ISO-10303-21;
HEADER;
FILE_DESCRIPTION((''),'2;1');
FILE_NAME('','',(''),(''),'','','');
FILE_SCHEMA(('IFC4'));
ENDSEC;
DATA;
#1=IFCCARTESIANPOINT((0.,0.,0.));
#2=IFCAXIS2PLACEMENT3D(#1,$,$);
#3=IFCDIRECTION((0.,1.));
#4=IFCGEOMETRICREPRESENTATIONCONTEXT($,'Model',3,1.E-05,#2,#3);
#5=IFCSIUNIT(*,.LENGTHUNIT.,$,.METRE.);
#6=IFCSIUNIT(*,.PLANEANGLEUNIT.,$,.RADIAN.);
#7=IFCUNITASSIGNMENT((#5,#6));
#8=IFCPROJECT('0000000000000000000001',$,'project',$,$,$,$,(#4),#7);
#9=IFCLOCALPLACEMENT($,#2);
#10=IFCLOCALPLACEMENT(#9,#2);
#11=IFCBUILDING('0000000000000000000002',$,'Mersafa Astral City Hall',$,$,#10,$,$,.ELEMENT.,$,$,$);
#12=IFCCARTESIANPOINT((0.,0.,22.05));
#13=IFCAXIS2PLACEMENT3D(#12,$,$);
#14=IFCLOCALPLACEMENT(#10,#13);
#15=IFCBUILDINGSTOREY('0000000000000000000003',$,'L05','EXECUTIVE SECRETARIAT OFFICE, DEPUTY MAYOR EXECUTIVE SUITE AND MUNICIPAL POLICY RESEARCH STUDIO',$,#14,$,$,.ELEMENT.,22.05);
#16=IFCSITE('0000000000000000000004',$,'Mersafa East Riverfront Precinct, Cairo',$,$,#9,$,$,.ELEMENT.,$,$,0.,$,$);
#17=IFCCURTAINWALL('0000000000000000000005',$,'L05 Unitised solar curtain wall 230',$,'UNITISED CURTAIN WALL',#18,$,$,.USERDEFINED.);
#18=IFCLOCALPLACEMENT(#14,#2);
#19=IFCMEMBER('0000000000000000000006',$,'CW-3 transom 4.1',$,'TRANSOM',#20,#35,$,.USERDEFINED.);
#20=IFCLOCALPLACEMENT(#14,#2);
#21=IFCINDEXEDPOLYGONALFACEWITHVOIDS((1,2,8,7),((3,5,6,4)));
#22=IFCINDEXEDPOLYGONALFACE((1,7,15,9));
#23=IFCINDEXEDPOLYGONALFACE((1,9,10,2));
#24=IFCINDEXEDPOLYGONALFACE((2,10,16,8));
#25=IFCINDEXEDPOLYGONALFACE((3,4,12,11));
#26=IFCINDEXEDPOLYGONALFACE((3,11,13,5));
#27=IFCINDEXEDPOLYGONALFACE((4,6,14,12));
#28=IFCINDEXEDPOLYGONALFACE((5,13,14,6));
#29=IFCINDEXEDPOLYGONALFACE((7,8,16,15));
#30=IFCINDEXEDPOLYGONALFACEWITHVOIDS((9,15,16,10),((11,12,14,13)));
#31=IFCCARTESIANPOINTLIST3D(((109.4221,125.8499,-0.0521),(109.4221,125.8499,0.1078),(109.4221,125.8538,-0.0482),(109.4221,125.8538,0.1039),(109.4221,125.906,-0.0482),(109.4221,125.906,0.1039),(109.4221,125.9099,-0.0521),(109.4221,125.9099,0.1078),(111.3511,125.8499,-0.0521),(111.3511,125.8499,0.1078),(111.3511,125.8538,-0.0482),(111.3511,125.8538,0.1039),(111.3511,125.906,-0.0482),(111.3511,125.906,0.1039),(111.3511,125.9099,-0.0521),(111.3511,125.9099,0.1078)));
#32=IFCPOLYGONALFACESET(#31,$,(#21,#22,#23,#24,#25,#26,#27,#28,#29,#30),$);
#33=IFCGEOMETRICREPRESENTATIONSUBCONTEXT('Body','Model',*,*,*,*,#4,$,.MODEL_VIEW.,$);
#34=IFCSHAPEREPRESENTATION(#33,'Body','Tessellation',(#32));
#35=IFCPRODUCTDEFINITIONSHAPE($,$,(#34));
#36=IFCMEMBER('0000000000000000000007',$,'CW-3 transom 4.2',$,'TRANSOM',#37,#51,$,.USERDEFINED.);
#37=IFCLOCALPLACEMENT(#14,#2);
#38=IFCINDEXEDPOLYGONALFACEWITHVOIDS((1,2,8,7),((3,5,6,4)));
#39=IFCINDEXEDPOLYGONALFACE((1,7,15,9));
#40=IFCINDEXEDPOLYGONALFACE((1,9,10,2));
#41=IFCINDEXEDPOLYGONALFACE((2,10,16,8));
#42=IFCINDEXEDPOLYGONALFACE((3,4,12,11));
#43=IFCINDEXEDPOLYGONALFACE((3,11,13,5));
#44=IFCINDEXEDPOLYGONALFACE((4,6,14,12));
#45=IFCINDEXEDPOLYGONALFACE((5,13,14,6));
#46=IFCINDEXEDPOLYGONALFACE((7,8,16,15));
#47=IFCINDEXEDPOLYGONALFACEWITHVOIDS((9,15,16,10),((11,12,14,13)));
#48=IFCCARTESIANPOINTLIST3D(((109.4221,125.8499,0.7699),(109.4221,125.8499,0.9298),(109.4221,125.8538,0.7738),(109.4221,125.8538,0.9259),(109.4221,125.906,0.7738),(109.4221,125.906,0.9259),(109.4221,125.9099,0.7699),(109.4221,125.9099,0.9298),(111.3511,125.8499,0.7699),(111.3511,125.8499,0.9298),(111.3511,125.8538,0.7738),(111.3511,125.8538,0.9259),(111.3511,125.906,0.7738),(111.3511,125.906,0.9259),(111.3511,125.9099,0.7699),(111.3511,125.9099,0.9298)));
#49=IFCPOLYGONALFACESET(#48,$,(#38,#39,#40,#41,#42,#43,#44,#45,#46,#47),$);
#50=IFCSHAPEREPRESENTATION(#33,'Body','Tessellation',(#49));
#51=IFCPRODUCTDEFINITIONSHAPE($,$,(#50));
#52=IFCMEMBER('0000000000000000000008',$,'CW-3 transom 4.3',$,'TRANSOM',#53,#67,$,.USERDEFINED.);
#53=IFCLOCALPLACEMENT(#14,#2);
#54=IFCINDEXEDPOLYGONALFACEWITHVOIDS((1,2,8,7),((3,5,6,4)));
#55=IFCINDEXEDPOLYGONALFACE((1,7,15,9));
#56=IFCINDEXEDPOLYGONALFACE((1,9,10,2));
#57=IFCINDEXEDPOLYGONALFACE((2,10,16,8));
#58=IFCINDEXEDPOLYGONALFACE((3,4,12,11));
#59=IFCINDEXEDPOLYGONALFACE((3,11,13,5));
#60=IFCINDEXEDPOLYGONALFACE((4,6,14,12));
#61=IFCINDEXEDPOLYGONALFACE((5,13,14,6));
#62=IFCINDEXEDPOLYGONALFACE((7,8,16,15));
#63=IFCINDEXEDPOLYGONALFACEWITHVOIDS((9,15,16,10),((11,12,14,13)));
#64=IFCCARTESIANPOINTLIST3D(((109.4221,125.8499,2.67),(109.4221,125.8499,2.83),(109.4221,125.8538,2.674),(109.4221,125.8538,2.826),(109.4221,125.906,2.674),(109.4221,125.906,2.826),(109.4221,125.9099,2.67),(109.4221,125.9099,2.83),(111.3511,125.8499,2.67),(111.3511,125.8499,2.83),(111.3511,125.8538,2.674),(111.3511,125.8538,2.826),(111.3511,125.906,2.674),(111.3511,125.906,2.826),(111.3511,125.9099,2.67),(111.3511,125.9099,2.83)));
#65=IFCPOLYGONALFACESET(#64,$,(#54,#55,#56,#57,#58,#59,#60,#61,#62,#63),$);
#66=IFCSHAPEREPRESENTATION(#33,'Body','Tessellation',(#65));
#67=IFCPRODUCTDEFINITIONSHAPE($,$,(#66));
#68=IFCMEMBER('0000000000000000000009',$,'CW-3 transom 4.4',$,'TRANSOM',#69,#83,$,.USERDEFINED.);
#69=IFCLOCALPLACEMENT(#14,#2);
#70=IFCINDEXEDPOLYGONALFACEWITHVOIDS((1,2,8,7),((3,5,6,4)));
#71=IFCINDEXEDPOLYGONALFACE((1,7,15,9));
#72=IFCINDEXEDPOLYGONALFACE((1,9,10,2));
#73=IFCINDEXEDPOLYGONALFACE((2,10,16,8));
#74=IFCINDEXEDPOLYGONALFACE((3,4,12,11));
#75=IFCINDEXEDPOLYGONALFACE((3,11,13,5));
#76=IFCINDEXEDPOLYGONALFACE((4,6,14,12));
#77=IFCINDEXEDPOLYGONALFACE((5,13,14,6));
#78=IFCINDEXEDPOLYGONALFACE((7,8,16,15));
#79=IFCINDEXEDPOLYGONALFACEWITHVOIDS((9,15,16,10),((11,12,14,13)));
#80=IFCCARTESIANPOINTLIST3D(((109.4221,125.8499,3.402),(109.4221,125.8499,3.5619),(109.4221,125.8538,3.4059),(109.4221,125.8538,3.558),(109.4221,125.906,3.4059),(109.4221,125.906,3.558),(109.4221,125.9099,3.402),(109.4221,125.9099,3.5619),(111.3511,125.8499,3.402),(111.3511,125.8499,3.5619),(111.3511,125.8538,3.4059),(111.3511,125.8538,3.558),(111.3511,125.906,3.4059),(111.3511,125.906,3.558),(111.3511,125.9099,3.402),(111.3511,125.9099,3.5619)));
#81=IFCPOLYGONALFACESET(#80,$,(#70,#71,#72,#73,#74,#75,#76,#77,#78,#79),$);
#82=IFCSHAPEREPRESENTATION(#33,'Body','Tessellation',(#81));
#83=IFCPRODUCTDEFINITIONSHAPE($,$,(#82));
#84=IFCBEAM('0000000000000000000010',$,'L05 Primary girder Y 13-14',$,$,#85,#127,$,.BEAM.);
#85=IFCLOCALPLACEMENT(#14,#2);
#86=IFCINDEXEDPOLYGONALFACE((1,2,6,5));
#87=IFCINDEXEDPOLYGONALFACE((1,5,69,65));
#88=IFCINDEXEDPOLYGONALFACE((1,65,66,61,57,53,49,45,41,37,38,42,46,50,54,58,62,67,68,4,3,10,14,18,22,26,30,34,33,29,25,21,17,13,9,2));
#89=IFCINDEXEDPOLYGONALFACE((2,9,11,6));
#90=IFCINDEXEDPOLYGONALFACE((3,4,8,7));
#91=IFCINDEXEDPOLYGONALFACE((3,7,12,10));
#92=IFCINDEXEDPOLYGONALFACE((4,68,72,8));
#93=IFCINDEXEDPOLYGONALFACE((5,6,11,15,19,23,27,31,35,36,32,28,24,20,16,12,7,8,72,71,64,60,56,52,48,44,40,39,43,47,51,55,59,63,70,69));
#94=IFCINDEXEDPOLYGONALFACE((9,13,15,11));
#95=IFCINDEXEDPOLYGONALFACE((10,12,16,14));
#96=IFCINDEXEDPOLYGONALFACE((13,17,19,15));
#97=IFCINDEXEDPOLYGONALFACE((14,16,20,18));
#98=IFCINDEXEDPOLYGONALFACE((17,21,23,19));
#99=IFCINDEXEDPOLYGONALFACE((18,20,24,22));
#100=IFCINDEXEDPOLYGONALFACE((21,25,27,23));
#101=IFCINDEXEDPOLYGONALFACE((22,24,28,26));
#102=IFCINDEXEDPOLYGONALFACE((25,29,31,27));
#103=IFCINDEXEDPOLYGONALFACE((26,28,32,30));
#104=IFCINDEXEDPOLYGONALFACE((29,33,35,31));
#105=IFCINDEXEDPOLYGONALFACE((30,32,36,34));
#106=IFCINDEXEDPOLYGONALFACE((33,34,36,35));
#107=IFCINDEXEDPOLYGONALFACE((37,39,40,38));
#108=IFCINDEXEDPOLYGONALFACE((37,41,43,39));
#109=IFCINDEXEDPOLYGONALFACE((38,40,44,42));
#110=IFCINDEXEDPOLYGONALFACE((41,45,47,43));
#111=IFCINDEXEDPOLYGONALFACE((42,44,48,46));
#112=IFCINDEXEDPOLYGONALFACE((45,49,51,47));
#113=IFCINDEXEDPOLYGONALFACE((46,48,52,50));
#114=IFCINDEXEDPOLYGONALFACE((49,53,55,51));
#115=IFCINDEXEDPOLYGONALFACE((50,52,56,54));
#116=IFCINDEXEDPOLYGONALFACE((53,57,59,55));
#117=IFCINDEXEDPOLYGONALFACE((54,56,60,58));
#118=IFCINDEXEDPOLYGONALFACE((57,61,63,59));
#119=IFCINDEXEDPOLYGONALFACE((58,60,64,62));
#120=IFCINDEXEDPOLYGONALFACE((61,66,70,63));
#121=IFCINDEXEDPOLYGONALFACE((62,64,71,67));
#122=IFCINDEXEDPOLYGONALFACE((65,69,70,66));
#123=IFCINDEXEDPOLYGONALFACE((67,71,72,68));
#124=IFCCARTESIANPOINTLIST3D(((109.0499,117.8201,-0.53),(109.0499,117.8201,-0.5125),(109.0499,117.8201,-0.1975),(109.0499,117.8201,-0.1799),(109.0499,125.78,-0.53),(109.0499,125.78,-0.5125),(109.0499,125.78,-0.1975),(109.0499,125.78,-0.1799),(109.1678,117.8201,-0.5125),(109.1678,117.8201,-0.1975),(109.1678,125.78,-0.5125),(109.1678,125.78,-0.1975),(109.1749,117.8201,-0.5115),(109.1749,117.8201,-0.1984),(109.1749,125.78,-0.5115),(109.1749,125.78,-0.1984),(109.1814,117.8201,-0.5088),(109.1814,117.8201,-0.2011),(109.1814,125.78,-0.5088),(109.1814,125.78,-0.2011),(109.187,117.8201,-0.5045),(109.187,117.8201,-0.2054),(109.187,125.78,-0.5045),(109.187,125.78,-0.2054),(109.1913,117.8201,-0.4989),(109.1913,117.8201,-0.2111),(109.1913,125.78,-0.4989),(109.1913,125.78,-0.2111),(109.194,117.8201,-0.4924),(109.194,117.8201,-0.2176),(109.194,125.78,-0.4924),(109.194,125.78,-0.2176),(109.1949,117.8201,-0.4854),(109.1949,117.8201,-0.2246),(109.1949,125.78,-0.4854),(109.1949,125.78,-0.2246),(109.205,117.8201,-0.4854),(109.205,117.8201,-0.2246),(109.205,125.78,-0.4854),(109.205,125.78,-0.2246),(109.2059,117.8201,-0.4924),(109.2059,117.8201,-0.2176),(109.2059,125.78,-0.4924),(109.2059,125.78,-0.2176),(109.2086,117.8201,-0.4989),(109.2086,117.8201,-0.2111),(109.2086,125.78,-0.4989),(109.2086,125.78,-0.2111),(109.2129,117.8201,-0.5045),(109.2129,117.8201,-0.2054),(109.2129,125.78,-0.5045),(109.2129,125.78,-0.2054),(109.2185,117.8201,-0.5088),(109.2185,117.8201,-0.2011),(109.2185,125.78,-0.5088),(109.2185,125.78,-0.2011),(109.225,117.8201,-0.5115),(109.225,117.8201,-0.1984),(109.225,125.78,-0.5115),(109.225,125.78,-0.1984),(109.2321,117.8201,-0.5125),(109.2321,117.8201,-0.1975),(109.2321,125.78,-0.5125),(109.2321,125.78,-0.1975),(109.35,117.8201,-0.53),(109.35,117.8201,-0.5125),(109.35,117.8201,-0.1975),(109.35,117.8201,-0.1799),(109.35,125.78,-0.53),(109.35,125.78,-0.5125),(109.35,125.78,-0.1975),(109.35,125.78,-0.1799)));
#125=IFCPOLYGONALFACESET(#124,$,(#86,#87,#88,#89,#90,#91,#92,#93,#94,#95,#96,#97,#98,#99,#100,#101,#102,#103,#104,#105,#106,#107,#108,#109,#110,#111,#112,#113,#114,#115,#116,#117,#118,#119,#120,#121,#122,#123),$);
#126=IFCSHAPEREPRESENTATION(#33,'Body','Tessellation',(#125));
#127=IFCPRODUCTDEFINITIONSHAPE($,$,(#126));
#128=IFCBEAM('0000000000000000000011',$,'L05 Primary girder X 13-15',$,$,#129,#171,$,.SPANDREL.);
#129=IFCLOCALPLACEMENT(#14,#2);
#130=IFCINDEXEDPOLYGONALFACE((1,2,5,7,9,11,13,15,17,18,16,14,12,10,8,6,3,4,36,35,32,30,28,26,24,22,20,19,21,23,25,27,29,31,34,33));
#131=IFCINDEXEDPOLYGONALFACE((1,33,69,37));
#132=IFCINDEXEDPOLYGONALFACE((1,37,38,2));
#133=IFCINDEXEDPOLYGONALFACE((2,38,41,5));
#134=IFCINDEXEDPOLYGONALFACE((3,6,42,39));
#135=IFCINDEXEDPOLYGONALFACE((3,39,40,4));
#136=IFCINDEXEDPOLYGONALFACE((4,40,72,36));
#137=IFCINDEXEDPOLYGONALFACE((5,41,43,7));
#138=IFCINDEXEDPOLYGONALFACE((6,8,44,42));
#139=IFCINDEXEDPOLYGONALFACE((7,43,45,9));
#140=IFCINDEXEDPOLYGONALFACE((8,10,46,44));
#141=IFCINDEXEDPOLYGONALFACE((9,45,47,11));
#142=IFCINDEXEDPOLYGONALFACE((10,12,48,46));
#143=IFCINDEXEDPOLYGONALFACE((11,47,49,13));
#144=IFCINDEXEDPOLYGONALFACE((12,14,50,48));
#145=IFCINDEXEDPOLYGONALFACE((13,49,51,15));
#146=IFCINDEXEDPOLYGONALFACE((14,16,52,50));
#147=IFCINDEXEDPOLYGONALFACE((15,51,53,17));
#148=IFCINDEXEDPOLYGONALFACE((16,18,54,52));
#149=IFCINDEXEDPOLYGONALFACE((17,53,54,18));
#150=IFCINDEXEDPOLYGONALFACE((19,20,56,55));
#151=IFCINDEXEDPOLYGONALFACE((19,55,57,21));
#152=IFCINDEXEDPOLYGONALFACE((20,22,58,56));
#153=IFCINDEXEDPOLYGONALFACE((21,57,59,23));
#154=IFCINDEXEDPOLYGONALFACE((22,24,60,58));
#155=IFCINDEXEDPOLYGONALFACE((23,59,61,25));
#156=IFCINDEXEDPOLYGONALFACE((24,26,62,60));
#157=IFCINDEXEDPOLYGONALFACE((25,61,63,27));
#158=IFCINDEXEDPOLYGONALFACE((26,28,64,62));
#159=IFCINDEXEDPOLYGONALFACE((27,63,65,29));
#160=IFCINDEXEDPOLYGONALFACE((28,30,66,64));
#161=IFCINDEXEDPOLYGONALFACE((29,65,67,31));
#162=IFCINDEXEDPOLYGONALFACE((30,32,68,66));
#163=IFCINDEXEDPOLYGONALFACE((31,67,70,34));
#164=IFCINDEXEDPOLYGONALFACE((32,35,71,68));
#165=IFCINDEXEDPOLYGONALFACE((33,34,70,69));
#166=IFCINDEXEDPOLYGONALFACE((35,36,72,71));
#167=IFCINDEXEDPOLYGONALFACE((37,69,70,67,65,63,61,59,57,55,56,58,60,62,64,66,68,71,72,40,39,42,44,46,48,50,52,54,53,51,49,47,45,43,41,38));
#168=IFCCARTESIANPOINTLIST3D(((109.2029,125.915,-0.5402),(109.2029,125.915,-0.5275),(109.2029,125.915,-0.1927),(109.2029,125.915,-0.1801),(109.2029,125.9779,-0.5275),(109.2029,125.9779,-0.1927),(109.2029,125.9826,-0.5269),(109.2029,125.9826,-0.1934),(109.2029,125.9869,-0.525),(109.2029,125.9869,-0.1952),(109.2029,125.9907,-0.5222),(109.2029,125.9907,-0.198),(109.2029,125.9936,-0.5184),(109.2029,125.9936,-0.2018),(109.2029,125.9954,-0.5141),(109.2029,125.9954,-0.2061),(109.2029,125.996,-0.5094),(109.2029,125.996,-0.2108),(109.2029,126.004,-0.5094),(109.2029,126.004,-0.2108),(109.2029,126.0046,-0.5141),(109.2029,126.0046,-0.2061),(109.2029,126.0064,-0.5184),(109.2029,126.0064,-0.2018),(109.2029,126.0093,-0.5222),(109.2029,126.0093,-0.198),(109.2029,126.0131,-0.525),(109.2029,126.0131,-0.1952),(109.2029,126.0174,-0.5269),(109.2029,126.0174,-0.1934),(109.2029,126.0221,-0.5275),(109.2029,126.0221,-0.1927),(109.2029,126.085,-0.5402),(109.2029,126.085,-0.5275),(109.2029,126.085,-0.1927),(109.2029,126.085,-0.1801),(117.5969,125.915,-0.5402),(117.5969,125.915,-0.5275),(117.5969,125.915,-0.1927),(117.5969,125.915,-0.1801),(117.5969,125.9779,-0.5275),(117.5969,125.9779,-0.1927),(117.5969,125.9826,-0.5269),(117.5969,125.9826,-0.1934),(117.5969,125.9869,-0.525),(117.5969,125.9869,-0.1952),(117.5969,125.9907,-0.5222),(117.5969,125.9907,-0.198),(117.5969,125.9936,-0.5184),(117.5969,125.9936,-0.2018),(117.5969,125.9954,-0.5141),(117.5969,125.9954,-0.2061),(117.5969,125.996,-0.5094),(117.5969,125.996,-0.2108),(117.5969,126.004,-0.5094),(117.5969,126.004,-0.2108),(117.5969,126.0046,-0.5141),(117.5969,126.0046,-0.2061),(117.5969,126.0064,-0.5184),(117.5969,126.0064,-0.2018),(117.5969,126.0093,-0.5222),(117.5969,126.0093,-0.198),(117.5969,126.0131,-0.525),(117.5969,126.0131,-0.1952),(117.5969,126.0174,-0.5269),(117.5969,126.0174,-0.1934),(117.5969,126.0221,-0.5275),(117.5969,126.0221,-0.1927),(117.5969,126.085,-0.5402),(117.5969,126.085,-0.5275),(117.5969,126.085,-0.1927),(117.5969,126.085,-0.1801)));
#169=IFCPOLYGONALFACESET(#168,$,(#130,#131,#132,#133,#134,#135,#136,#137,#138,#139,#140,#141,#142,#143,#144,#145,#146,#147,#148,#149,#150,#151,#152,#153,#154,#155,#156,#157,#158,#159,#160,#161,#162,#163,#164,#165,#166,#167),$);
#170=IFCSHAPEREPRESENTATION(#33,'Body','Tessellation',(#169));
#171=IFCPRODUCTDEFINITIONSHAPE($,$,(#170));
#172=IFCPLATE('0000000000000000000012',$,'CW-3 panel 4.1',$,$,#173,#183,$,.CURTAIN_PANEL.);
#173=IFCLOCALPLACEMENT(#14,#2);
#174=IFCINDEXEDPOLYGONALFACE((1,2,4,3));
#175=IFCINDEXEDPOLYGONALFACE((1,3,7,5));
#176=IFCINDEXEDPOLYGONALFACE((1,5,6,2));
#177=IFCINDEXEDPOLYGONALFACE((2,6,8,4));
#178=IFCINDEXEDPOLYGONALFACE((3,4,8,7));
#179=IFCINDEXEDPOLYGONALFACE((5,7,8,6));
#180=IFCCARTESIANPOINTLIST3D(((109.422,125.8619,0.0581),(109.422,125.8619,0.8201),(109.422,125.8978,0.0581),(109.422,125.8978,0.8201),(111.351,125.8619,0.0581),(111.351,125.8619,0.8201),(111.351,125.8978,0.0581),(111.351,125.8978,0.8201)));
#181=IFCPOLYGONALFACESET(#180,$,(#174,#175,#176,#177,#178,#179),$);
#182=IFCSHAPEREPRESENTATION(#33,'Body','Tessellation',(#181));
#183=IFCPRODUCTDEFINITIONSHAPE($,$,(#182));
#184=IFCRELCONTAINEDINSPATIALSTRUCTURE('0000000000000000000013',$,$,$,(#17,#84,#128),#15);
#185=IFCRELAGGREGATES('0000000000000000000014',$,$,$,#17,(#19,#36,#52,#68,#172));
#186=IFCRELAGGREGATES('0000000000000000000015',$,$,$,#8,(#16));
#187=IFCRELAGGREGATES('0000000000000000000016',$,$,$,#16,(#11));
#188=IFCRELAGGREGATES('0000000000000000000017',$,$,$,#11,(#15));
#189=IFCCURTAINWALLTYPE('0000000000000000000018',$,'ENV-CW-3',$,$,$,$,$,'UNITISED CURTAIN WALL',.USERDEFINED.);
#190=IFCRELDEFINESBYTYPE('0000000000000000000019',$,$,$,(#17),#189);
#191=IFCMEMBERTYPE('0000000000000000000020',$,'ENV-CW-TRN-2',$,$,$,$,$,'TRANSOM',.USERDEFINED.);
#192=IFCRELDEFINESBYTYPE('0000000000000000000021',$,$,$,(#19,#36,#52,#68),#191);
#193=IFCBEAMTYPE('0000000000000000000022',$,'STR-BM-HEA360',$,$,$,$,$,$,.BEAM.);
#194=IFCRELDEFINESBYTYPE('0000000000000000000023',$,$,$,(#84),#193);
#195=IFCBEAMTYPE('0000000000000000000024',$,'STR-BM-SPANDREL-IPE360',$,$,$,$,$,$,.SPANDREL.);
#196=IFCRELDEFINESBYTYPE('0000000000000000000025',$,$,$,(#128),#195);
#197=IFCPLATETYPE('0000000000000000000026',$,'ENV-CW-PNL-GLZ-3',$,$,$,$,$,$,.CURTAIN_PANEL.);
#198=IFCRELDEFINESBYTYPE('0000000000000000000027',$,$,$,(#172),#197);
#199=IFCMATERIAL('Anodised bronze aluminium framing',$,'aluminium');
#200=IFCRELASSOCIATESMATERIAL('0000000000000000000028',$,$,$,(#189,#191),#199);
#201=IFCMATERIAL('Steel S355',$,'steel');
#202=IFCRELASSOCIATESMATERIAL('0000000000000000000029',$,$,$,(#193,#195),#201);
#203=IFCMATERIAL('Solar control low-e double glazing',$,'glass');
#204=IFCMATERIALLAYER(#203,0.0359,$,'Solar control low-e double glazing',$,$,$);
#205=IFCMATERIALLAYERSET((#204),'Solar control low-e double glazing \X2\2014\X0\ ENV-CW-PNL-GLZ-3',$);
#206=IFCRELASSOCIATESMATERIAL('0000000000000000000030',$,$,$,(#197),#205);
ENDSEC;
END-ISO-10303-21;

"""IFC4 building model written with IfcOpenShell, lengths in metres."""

from ifc_helpers import new_model, si_unit, direction, frame, origin, origin_2d, place, context, subcontext, project, spatial, rectangle, hollow_rectangle, i_section, extrude, material, layer, layer_set, material_profile, profile_set, type_object, element, aggregate, save


model = new_model("IFC4")

# Units and contexts
model_context = context("Model", 3, precision=1e-05, world=origin(), true_north=direction((0.0, 1.0)))
body_context = subcontext(model_context, "Body", "Model", "MODEL_VIEW")
ifc_project = project(units=[si_unit("LENGTHUNIT", "METRE"), si_unit("PLANEANGLEUNIT", "RADIAN")], contexts=[model_context])

# Site, building, storey
site_placement = place(None, origin())
site = spatial("IfcSite", under=ifc_project, at=site_placement, Name="Mersafa East Riverfront Precinct, Cairo", CompositionType="ELEMENT", RefElevation=0.0)
building_placement = place(site_placement, origin())
building = spatial("IfcBuilding", under=site, at=building_placement, Name="Mersafa Astral City Hall", CompositionType="ELEMENT")
storey_placement = place(building_placement, frame((0.0, 0.0, 22.05)))
storey = spatial("IfcBuildingStorey", under=building, at=storey_placement, Name="L05", Description="EXECUTIVE SECRETARIAT OFFICE, DEPUTY MAYOR EXECUTIVE SUITE AND MUNICIPAL POLICY RESEARCH STUDIO", CompositionType="ELEMENT", Elevation=22.05)

# Shared definitions
ifc_material_1 = material(Name="Steel S355", Category="steel")

# Curtain wall
ifc_material_2 = material(Name="Anodised bronze aluminium framing", Category="aluminium")
curtain_wall_type_1 = type_object("IfcCurtainWallType", Name="ENV-CW-3", ElementType="UNITISED CURTAIN WALL", PredefinedType="USERDEFINED", material=ifc_material_2)
curtain_wall_1_placement = place(storey_placement, origin())
curtain_wall_1 = element("IfcCurtainWall", 1, at=curtain_wall_1_placement, inside=storey, type_object=curtain_wall_type_1, Name="L05 Unitised solar curtain wall 230", ObjectType="UNITISED CURTAIN WALL", PredefinedType="USERDEFINED")

# Members
ifc_material_profile_1 = material_profile(ifc_material_2, hollow_rectangle(XDim=0.0601, YDim=0.1599, WallThickness=0.0039, at=origin_2d()), Name="RHS 60x160x4")
ifc_profile_set_1 = profile_set([ifc_material_profile_1], Name="Anodised bronze aluminium framing")
member_type_1 = type_object("IfcMemberType", Name="ENV-CW-TRN-2", ElementType="TRANSOM", PredefinedType="USERDEFINED", material=ifc_profile_set_1)
member_1_placement = place(storey_placement, frame((111.3511, 125.8799, 0.0278), z_axis=(-1.0, 0.0, 0.0), x_axis=(0.0, -1.0, 0.0)))
member_1 = element("IfcMember", 2, at=member_1_placement, type_object=member_type_1, Name="CW-3 transom 4.1", ObjectType="TRANSOM", PredefinedType="USERDEFINED", context=body_context, shape_type="SweptSolid", body=[
    extrude(hollow_rectangle(XDim=0.0601, YDim=0.1599, WallThickness=0.0039, at=origin_2d()), origin(), (0.0, 0.0, 1.0), 1.929),
])
member_2_placement = place(storey_placement, frame((111.3511, 125.8799, 0.8499), z_axis=(-1.0, 0.0, 0.0), x_axis=(0.0, -1.0, 0.0)))
member_2 = element("IfcMember", 3, at=member_2_placement, type_object=member_type_1, Name="CW-3 transom 4.2", ObjectType="TRANSOM", PredefinedType="USERDEFINED", context=body_context, shape_type="SweptSolid", body=[
    extrude(hollow_rectangle(XDim=0.0601, YDim=0.1599, WallThickness=0.0039, at=origin_2d()), origin(), (0.0, 0.0, 1.0), 1.929),
])
member_3_placement = place(storey_placement, frame((111.3511, 125.8799, 2.75), z_axis=(-1.0, 0.0, 0.0), x_axis=(0.0, -1.0, 0.0)))
member_3 = element("IfcMember", 4, at=member_3_placement, type_object=member_type_1, Name="CW-3 transom 4.3", ObjectType="TRANSOM", PredefinedType="USERDEFINED", context=body_context, shape_type="SweptSolid", body=[
    extrude(hollow_rectangle(XDim=0.0601, YDim=0.1599, WallThickness=0.0039, at=origin_2d()), origin(), (0.0, 0.0, 1.0), 1.929),
])
member_4_placement = place(storey_placement, frame((111.3511, 125.8799, 3.4819), z_axis=(-1.0, 0.0, 0.0), x_axis=(0.0, -1.0, 0.0)))
member_4 = element("IfcMember", 5, at=member_4_placement, type_object=member_type_1, Name="CW-3 transom 4.4", ObjectType="TRANSOM", PredefinedType="USERDEFINED", context=body_context, shape_type="SweptSolid", body=[
    extrude(hollow_rectangle(XDim=0.0601, YDim=0.1599, WallThickness=0.0039, at=origin_2d()), origin(), (0.0, 0.0, 1.0), 1.929),
])

# Beams
ifc_material_profile_2 = material_profile(ifc_material_1, i_section(OverallWidth=0.3, OverallDepth=0.3501, WebThickness=0.01, FlangeThickness=0.0176, FilletRadius=0.0271, at=origin_2d()), Name="HEA 360")
ifc_profile_set_2 = profile_set([ifc_material_profile_2], Name="Steel S355")
beam_type_1 = type_object("IfcBeamType", Name="STR-BM-HEA360", PredefinedType="BEAM", material=ifc_profile_set_2)
beam_1_placement = place(storey_placement, frame((109.2, 117.8201, -0.355), z_axis=(0.0, 1.0, 0.0), x_axis=(-1.0, 0.0, 0.0)))
element("IfcBeam", 6, at=beam_1_placement, inside=storey, type_object=beam_type_1, Name="L05 Primary girder Y 13-14", PredefinedType="BEAM", context=body_context, shape_type="SweptSolid", body=[
    extrude(i_section(OverallWidth=0.3, OverallDepth=0.3501, WebThickness=0.01, FlangeThickness=0.0176, FilletRadius=0.0271, at=origin_2d()), origin(), (0.0, 0.0, 1.0), 7.96),
])
ifc_material_profile_3 = material_profile(ifc_material_1, i_section(OverallWidth=0.1699, OverallDepth=0.3601, WebThickness=0.0081, FlangeThickness=0.0127, FilletRadius=0.0181, at=origin_2d()), Name="IPE 360")
ifc_profile_set_3 = profile_set([ifc_material_profile_3], Name="Steel S355")
beam_type_2 = type_object("IfcBeamType", Name="STR-BM-SPANDREL-IPE360", PredefinedType="SPANDREL", material=ifc_profile_set_3)
beam_2_placement = place(storey_placement, frame((109.2029, 126.0, -0.3601), z_axis=(1.0, 0.0, 0.0), x_axis=(0.0, 1.0, 0.0)))
element("IfcBeam", 7, at=beam_2_placement, inside=storey, type_object=beam_type_2, Name="L05 Primary girder X 13-15", PredefinedType="SPANDREL", context=body_context, shape_type="SweptSolid", body=[
    extrude(i_section(OverallWidth=0.1699, OverallDepth=0.3601, WebThickness=0.0081, FlangeThickness=0.0127, FilletRadius=0.0181, at=origin_2d()), origin(), (0.0, 0.0, 1.0), 8.394),
])

# Plate
ifc_material_3 = material(Name="Solar control low-e double glazing", Category="glass")
ifc_layer_1 = layer(ifc_material_3, 0.0359, Name="Solar control low-e double glazing")
ifc_layer_set_1 = layer_set([ifc_layer_1], Name="Solar control low-e double glazing — ENV-CW-PNL-GLZ-3")
plate_type_1 = type_object("IfcPlateType", Name="ENV-CW-PNL-GLZ-3", PredefinedType="CURTAIN_PANEL", material=ifc_layer_set_1)
plate_1_placement = place(storey_placement, frame((110.3865, 125.8799, 0.0581), z_axis=(0.0, 0.0, 1.0), x_axis=(-1.0, 0.0, 0.0)))
plate_1 = element("IfcPlate", 8, at=plate_1_placement, type_object=plate_type_1, Name="CW-3 panel 4.1", PredefinedType="CURTAIN_PANEL", context=body_context, shape_type="SweptSolid", body=[
    extrude(rectangle(XDim=1.929, YDim=0.0359, at=origin_2d()), origin(), (0.0, 0.0, 1.0), 0.762),
])
aggregate(curtain_wall_1, [member_1, member_2, member_3, member_4, plate_1])

save(model, "model.ifc")
